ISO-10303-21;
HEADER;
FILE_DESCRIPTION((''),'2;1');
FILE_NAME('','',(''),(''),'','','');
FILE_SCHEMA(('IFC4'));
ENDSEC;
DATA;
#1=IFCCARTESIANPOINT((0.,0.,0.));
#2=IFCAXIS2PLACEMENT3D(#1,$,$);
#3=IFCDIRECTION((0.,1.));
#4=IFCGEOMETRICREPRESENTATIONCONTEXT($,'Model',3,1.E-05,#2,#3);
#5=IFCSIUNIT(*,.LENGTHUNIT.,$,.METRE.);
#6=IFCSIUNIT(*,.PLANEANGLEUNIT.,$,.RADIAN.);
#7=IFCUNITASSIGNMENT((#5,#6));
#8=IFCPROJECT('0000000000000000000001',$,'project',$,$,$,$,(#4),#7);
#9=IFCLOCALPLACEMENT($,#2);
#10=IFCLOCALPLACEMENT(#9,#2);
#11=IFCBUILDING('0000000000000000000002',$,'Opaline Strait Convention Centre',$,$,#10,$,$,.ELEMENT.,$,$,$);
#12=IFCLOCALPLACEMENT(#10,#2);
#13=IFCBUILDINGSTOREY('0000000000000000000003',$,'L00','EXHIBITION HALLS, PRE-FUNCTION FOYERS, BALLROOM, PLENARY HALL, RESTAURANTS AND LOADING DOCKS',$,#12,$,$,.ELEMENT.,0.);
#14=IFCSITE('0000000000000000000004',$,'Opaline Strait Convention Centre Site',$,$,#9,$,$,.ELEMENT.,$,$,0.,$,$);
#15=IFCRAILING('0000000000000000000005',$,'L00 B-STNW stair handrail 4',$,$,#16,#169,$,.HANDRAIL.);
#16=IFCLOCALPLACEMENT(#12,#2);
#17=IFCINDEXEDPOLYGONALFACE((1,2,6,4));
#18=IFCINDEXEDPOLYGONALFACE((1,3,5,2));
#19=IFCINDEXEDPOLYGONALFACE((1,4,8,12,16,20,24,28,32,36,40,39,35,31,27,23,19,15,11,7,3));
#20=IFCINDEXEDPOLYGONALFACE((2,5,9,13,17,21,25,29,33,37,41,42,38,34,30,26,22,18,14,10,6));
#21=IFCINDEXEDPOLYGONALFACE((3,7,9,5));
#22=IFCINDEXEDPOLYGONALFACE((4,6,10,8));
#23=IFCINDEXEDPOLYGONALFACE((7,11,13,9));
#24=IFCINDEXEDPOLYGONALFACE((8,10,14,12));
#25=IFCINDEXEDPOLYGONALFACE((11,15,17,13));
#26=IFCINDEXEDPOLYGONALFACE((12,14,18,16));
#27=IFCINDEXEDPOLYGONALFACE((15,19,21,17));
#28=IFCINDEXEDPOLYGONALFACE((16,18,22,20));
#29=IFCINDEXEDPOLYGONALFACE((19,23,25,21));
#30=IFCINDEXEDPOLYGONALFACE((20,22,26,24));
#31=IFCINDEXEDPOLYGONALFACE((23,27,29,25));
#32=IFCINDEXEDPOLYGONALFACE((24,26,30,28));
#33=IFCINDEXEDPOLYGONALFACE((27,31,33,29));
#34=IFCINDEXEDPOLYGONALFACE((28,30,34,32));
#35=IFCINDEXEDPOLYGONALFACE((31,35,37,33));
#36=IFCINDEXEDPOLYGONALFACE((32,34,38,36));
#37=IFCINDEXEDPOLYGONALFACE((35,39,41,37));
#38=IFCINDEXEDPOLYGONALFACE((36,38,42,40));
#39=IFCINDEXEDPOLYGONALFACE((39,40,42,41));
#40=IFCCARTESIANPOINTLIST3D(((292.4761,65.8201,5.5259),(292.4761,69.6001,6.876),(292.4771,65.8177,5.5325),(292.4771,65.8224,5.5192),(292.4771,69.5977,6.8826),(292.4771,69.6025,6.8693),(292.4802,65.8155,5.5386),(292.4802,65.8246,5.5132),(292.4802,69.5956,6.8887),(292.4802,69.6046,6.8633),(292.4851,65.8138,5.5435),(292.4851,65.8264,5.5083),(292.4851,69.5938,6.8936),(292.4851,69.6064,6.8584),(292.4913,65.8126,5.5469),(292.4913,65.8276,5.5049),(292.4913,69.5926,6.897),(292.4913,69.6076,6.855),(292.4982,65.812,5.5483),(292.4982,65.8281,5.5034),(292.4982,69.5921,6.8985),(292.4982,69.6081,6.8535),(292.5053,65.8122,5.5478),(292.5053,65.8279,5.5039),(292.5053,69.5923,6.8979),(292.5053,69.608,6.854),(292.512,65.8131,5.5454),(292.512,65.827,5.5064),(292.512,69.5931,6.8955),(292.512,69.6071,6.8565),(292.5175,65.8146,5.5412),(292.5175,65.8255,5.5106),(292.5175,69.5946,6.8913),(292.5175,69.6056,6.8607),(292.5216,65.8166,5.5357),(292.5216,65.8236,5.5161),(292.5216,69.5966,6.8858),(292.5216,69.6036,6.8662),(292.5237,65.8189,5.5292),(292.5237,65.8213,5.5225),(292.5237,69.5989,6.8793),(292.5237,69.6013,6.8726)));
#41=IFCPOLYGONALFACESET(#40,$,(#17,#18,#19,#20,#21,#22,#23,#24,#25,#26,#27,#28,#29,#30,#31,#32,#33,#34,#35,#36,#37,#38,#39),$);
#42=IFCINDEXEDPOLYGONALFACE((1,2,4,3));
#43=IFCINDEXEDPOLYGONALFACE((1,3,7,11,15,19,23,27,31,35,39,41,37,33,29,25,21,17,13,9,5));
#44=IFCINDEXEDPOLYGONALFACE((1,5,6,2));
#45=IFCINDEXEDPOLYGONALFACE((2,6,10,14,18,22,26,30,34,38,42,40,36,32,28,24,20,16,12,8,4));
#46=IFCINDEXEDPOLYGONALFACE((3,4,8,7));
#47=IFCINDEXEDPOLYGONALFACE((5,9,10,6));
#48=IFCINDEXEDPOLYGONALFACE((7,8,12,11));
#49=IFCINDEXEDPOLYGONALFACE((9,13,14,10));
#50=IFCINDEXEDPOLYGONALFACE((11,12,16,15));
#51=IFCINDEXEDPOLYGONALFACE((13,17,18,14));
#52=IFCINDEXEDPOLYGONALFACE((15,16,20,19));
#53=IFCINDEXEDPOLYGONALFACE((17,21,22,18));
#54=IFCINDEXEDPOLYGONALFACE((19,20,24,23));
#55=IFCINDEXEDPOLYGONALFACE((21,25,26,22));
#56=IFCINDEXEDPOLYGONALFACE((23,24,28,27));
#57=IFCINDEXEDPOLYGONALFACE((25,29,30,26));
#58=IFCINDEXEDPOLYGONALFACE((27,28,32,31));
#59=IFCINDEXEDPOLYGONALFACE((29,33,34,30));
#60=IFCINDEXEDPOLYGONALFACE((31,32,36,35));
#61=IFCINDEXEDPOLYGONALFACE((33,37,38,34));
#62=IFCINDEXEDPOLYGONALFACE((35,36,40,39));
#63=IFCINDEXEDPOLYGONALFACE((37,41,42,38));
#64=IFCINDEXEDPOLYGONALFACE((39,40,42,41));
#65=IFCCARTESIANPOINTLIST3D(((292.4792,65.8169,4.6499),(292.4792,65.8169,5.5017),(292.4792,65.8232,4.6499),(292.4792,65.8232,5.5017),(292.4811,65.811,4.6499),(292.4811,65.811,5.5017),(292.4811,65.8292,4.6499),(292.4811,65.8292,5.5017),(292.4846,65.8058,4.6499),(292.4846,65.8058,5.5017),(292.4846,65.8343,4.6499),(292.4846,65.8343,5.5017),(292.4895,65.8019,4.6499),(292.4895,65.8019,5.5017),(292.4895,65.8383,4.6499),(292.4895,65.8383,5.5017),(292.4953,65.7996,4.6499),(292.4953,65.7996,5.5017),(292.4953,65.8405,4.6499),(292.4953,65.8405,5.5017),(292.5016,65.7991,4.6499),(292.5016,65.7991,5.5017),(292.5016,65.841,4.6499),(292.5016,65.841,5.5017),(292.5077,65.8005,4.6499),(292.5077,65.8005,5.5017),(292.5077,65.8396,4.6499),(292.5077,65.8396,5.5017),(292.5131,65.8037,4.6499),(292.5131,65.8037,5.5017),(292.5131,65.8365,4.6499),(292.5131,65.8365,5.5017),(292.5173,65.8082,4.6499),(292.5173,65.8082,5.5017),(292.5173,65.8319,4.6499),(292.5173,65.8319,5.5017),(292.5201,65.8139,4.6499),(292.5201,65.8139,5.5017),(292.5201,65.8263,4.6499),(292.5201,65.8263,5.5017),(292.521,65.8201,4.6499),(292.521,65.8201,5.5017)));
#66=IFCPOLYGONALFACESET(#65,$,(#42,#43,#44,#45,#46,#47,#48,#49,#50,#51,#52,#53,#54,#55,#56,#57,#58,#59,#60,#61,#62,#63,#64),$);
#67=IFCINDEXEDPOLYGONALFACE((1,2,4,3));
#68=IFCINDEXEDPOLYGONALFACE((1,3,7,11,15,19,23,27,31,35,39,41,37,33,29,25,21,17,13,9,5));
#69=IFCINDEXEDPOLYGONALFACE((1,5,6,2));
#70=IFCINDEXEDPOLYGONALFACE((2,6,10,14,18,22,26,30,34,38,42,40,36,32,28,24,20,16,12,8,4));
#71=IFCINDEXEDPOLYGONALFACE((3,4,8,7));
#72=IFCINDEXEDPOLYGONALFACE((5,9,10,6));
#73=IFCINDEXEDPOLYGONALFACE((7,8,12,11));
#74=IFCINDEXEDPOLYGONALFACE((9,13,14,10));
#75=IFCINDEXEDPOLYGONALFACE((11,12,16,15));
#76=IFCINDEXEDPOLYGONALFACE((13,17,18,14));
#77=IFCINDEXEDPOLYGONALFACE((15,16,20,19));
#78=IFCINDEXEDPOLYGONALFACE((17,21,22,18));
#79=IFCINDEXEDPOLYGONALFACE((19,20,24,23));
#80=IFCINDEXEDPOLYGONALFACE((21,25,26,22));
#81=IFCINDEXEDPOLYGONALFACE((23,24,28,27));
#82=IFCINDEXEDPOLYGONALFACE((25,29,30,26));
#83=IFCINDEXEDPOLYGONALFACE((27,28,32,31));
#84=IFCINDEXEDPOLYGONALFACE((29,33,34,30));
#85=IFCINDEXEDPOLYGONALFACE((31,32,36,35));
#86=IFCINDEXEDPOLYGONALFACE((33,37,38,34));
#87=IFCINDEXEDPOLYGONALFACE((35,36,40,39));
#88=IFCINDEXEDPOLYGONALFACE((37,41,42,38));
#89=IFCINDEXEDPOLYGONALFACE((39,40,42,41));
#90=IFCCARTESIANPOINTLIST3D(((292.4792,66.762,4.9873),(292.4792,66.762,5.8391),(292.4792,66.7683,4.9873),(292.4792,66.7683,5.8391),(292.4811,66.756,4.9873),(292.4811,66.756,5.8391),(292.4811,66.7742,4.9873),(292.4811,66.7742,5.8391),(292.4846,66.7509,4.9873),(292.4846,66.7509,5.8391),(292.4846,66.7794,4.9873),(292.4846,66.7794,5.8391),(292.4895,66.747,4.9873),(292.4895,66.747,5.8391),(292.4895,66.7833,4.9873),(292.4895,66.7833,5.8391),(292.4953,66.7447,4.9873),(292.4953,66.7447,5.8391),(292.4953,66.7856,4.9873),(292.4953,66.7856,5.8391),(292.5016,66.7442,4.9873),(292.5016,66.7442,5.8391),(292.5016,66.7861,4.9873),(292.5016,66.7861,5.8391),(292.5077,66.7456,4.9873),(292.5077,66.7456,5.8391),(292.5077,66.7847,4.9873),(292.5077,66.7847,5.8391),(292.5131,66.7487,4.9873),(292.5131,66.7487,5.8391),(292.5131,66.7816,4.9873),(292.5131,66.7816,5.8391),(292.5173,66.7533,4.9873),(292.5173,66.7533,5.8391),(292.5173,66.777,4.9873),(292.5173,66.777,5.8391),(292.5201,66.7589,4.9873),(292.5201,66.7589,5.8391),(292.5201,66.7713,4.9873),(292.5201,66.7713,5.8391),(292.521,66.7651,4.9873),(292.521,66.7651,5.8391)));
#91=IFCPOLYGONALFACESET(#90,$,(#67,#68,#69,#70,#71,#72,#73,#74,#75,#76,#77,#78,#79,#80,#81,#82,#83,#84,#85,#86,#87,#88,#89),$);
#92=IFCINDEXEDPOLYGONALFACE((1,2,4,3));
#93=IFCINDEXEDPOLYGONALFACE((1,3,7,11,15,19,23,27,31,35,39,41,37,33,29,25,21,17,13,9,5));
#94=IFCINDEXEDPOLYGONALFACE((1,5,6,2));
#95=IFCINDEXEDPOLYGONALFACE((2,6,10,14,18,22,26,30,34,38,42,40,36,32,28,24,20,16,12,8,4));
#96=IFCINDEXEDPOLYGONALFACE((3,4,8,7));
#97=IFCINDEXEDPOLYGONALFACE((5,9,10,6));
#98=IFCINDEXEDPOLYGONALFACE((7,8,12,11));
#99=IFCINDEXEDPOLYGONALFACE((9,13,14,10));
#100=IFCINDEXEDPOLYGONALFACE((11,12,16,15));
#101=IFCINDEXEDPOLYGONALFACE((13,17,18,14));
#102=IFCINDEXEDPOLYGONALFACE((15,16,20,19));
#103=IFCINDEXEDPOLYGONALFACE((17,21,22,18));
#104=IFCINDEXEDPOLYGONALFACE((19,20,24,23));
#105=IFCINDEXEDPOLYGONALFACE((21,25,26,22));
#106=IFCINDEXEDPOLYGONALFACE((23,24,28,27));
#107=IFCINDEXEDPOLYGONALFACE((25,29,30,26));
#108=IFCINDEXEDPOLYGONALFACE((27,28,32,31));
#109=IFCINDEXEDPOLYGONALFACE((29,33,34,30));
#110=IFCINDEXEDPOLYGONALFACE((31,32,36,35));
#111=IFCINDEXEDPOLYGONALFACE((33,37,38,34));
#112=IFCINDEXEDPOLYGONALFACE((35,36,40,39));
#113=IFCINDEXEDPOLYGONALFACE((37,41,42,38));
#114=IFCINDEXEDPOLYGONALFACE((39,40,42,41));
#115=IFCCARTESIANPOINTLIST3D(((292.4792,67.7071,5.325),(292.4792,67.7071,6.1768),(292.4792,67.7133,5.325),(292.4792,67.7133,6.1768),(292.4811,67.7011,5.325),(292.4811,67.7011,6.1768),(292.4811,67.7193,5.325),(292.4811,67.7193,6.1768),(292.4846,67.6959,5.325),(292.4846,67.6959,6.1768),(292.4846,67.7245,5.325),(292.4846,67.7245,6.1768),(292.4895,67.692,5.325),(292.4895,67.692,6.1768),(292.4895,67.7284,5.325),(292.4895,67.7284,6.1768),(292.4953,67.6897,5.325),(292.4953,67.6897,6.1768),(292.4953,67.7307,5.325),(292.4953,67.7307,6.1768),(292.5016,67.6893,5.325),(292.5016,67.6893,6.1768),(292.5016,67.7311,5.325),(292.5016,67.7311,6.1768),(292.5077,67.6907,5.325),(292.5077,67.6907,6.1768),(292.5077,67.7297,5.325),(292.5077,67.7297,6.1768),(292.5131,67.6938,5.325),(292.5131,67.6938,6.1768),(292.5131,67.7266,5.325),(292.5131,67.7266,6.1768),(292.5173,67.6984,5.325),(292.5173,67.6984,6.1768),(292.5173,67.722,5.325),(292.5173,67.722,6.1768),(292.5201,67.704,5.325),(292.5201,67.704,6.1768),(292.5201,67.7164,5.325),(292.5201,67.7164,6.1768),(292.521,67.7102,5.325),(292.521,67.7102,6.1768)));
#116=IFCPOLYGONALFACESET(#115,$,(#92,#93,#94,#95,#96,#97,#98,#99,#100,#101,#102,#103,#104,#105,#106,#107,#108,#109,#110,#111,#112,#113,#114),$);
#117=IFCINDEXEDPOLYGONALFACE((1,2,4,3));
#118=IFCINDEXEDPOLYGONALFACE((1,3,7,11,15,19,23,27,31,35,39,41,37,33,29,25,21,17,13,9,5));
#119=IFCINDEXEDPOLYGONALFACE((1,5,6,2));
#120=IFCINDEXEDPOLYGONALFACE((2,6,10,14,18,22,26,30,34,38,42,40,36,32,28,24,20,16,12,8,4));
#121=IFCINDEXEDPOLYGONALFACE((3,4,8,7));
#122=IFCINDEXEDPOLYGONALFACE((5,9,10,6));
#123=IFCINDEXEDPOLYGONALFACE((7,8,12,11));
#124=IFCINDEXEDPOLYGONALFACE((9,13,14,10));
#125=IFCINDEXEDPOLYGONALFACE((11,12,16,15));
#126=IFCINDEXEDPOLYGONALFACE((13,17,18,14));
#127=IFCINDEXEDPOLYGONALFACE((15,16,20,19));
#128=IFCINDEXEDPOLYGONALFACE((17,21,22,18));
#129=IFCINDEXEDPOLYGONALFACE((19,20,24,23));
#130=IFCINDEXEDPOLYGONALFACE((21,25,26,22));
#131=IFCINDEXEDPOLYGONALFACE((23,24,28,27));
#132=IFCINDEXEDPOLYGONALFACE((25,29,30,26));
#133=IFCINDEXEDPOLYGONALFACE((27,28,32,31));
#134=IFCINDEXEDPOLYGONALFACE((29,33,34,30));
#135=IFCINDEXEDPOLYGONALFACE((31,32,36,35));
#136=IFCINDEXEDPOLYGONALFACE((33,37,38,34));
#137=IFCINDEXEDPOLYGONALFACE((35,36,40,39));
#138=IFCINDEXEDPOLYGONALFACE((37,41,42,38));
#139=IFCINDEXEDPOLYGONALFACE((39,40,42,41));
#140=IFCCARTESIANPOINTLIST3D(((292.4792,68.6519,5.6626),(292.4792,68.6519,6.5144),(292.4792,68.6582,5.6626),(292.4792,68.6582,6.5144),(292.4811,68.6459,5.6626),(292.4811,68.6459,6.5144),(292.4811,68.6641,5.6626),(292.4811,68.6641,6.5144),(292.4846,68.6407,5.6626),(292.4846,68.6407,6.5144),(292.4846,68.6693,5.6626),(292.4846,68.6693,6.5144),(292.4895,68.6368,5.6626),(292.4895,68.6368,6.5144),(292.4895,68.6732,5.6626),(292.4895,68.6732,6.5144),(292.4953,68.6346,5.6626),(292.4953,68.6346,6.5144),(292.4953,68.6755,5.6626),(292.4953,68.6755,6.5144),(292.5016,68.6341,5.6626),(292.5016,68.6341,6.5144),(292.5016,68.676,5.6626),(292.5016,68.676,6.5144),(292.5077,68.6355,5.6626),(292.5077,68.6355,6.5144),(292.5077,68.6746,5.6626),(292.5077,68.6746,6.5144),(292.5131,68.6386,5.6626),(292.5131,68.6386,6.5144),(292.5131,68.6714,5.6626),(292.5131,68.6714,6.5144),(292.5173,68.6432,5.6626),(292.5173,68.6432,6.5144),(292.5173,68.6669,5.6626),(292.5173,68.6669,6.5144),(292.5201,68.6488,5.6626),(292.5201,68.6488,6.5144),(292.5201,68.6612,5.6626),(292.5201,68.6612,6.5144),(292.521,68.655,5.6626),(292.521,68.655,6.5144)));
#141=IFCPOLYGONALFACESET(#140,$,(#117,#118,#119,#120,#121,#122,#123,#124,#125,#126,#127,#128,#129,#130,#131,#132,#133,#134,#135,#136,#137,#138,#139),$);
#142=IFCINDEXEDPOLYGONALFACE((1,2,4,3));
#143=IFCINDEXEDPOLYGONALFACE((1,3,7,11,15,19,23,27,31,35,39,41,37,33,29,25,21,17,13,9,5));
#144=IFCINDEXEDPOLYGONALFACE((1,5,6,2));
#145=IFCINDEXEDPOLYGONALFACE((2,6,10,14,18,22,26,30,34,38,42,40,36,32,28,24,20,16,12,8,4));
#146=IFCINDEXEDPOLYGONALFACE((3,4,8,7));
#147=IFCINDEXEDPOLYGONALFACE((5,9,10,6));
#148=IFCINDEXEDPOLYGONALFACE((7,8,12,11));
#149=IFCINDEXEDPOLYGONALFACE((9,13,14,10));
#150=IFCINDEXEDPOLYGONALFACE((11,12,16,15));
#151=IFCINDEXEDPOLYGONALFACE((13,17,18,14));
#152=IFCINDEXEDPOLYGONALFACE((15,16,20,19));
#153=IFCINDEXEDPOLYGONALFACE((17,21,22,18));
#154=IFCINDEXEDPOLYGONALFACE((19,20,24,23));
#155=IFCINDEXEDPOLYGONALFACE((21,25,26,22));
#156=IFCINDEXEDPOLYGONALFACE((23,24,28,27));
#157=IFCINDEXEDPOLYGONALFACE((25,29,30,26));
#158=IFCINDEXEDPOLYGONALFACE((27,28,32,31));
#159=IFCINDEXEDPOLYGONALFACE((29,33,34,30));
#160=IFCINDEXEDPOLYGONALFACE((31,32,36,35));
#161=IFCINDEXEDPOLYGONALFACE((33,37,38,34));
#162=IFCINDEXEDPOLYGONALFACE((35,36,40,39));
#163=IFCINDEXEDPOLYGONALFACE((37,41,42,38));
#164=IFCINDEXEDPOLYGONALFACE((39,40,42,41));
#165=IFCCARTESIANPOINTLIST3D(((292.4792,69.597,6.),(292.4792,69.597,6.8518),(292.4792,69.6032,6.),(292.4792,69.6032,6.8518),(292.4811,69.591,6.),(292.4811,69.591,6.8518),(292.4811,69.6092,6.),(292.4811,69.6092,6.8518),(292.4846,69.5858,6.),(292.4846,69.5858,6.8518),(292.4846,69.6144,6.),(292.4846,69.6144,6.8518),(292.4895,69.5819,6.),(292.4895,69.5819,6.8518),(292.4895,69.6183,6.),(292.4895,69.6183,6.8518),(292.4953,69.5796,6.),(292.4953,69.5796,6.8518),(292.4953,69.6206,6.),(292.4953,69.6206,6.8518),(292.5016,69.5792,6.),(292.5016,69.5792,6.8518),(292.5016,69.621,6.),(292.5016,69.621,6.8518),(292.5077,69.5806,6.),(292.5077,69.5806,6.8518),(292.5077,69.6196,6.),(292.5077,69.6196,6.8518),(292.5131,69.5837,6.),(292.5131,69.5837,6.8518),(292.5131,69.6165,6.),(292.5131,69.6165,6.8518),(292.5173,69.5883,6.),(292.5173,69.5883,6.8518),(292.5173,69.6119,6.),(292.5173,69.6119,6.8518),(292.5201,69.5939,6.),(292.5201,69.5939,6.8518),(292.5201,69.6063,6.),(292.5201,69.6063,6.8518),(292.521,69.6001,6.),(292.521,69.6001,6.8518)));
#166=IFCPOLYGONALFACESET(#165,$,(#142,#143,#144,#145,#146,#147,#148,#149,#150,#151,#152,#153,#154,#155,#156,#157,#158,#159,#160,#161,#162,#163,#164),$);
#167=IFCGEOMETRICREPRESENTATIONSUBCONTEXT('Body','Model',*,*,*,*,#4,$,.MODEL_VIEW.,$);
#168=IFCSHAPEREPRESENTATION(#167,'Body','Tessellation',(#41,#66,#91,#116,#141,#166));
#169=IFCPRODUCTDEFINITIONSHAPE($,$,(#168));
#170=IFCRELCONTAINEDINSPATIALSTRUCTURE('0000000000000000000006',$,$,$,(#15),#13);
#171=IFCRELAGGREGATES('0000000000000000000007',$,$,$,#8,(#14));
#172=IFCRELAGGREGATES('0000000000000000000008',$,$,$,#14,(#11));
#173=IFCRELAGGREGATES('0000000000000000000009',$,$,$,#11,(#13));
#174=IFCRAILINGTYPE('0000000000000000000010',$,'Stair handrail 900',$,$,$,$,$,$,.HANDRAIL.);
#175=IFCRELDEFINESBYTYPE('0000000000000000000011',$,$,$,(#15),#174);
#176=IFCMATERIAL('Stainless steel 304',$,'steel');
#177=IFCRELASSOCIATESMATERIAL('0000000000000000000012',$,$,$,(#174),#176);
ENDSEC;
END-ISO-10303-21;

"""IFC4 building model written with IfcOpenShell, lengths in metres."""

from ifc_helpers import new_model, si_unit, direction, frame, origin, origin_2d, place, context, subcontext, project, spatial, circle, extrude, material, type_object, element, save


model = new_model("IFC4")

# Units and contexts
model_context = context("Model", 3, precision=1e-05, world=origin(), true_north=direction((0.0, 1.0)))
body_context = subcontext(model_context, "Body", "Model", "MODEL_VIEW")
ifc_project = project(units=[si_unit("LENGTHUNIT", "METRE"), si_unit("PLANEANGLEUNIT", "RADIAN")], contexts=[model_context])

# Site, building, storey
site_placement = place(None, origin())
site = spatial("IfcSite", under=ifc_project, at=site_placement, Name="Opaline Strait Convention Centre Site", CompositionType="ELEMENT", RefElevation=0.0)
building_placement = place(site_placement, origin())
building = spatial("IfcBuilding", under=site, at=building_placement, Name="Opaline Strait Convention Centre", CompositionType="ELEMENT")
storey_placement = place(building_placement, origin())
storey = spatial("IfcBuildingStorey", under=building, at=storey_placement, Name="L00", Description="EXHIBITION HALLS, PRE-FUNCTION FOYERS, BALLROOM, PLENARY HALL, RESTAURANTS AND LOADING DOCKS", CompositionType="ELEMENT", Elevation=0.0)

# Railing
ifc_material_1 = material(Name="Stainless steel 304", Category="steel")
railing_type_1 = type_object("IfcRailingType", Name="Stair handrail 900", PredefinedType="HANDRAIL", material=ifc_material_1)
railing_1_placement = place(storey_placement, frame((292.5, 65.8201, 4.6499)))
element("IfcRailing", 1, at=railing_1_placement, inside=storey, type_object=railing_type_1, Name="L00 B-STNW stair handrail 4", PredefinedType="HANDRAIL", context=body_context, shape_type="SweptSolid", body=[
    extrude(circle(Radius=0.0239, at=origin_2d()), frame((0.0, 0.0, 0.876), z_axis=(0.0, 0.941735, 0.336356), x_axis=(-1.0, 0.0, 0.0)), (0.0, 0.0, 1.0), 4.0139),
    extrude(circle(Radius=0.021, at=origin_2d()), origin(), (0.0, 0.0, 1.0), 0.8518),
    extrude(circle(Radius=0.021, at=origin_2d()), frame((0.0, 0.9451, 0.3374)), (0.0, 0.0, 1.0), 0.8518),
    extrude(circle(Radius=0.021, at=origin_2d()), frame((0.0, 1.8901, 0.675)), (0.0, 0.0, 1.0), 0.8518),
    extrude(circle(Radius=0.021, at=origin_2d()), frame((0.0, 2.835, 1.0127)), (0.0, 0.0, 1.0), 0.8518),
    extrude(circle(Radius=0.021, at=origin_2d()), frame((0.0, 3.78, 1.3501)), (0.0, 0.0, 1.0), 0.8518),
])

save(model, "model.ifc")
